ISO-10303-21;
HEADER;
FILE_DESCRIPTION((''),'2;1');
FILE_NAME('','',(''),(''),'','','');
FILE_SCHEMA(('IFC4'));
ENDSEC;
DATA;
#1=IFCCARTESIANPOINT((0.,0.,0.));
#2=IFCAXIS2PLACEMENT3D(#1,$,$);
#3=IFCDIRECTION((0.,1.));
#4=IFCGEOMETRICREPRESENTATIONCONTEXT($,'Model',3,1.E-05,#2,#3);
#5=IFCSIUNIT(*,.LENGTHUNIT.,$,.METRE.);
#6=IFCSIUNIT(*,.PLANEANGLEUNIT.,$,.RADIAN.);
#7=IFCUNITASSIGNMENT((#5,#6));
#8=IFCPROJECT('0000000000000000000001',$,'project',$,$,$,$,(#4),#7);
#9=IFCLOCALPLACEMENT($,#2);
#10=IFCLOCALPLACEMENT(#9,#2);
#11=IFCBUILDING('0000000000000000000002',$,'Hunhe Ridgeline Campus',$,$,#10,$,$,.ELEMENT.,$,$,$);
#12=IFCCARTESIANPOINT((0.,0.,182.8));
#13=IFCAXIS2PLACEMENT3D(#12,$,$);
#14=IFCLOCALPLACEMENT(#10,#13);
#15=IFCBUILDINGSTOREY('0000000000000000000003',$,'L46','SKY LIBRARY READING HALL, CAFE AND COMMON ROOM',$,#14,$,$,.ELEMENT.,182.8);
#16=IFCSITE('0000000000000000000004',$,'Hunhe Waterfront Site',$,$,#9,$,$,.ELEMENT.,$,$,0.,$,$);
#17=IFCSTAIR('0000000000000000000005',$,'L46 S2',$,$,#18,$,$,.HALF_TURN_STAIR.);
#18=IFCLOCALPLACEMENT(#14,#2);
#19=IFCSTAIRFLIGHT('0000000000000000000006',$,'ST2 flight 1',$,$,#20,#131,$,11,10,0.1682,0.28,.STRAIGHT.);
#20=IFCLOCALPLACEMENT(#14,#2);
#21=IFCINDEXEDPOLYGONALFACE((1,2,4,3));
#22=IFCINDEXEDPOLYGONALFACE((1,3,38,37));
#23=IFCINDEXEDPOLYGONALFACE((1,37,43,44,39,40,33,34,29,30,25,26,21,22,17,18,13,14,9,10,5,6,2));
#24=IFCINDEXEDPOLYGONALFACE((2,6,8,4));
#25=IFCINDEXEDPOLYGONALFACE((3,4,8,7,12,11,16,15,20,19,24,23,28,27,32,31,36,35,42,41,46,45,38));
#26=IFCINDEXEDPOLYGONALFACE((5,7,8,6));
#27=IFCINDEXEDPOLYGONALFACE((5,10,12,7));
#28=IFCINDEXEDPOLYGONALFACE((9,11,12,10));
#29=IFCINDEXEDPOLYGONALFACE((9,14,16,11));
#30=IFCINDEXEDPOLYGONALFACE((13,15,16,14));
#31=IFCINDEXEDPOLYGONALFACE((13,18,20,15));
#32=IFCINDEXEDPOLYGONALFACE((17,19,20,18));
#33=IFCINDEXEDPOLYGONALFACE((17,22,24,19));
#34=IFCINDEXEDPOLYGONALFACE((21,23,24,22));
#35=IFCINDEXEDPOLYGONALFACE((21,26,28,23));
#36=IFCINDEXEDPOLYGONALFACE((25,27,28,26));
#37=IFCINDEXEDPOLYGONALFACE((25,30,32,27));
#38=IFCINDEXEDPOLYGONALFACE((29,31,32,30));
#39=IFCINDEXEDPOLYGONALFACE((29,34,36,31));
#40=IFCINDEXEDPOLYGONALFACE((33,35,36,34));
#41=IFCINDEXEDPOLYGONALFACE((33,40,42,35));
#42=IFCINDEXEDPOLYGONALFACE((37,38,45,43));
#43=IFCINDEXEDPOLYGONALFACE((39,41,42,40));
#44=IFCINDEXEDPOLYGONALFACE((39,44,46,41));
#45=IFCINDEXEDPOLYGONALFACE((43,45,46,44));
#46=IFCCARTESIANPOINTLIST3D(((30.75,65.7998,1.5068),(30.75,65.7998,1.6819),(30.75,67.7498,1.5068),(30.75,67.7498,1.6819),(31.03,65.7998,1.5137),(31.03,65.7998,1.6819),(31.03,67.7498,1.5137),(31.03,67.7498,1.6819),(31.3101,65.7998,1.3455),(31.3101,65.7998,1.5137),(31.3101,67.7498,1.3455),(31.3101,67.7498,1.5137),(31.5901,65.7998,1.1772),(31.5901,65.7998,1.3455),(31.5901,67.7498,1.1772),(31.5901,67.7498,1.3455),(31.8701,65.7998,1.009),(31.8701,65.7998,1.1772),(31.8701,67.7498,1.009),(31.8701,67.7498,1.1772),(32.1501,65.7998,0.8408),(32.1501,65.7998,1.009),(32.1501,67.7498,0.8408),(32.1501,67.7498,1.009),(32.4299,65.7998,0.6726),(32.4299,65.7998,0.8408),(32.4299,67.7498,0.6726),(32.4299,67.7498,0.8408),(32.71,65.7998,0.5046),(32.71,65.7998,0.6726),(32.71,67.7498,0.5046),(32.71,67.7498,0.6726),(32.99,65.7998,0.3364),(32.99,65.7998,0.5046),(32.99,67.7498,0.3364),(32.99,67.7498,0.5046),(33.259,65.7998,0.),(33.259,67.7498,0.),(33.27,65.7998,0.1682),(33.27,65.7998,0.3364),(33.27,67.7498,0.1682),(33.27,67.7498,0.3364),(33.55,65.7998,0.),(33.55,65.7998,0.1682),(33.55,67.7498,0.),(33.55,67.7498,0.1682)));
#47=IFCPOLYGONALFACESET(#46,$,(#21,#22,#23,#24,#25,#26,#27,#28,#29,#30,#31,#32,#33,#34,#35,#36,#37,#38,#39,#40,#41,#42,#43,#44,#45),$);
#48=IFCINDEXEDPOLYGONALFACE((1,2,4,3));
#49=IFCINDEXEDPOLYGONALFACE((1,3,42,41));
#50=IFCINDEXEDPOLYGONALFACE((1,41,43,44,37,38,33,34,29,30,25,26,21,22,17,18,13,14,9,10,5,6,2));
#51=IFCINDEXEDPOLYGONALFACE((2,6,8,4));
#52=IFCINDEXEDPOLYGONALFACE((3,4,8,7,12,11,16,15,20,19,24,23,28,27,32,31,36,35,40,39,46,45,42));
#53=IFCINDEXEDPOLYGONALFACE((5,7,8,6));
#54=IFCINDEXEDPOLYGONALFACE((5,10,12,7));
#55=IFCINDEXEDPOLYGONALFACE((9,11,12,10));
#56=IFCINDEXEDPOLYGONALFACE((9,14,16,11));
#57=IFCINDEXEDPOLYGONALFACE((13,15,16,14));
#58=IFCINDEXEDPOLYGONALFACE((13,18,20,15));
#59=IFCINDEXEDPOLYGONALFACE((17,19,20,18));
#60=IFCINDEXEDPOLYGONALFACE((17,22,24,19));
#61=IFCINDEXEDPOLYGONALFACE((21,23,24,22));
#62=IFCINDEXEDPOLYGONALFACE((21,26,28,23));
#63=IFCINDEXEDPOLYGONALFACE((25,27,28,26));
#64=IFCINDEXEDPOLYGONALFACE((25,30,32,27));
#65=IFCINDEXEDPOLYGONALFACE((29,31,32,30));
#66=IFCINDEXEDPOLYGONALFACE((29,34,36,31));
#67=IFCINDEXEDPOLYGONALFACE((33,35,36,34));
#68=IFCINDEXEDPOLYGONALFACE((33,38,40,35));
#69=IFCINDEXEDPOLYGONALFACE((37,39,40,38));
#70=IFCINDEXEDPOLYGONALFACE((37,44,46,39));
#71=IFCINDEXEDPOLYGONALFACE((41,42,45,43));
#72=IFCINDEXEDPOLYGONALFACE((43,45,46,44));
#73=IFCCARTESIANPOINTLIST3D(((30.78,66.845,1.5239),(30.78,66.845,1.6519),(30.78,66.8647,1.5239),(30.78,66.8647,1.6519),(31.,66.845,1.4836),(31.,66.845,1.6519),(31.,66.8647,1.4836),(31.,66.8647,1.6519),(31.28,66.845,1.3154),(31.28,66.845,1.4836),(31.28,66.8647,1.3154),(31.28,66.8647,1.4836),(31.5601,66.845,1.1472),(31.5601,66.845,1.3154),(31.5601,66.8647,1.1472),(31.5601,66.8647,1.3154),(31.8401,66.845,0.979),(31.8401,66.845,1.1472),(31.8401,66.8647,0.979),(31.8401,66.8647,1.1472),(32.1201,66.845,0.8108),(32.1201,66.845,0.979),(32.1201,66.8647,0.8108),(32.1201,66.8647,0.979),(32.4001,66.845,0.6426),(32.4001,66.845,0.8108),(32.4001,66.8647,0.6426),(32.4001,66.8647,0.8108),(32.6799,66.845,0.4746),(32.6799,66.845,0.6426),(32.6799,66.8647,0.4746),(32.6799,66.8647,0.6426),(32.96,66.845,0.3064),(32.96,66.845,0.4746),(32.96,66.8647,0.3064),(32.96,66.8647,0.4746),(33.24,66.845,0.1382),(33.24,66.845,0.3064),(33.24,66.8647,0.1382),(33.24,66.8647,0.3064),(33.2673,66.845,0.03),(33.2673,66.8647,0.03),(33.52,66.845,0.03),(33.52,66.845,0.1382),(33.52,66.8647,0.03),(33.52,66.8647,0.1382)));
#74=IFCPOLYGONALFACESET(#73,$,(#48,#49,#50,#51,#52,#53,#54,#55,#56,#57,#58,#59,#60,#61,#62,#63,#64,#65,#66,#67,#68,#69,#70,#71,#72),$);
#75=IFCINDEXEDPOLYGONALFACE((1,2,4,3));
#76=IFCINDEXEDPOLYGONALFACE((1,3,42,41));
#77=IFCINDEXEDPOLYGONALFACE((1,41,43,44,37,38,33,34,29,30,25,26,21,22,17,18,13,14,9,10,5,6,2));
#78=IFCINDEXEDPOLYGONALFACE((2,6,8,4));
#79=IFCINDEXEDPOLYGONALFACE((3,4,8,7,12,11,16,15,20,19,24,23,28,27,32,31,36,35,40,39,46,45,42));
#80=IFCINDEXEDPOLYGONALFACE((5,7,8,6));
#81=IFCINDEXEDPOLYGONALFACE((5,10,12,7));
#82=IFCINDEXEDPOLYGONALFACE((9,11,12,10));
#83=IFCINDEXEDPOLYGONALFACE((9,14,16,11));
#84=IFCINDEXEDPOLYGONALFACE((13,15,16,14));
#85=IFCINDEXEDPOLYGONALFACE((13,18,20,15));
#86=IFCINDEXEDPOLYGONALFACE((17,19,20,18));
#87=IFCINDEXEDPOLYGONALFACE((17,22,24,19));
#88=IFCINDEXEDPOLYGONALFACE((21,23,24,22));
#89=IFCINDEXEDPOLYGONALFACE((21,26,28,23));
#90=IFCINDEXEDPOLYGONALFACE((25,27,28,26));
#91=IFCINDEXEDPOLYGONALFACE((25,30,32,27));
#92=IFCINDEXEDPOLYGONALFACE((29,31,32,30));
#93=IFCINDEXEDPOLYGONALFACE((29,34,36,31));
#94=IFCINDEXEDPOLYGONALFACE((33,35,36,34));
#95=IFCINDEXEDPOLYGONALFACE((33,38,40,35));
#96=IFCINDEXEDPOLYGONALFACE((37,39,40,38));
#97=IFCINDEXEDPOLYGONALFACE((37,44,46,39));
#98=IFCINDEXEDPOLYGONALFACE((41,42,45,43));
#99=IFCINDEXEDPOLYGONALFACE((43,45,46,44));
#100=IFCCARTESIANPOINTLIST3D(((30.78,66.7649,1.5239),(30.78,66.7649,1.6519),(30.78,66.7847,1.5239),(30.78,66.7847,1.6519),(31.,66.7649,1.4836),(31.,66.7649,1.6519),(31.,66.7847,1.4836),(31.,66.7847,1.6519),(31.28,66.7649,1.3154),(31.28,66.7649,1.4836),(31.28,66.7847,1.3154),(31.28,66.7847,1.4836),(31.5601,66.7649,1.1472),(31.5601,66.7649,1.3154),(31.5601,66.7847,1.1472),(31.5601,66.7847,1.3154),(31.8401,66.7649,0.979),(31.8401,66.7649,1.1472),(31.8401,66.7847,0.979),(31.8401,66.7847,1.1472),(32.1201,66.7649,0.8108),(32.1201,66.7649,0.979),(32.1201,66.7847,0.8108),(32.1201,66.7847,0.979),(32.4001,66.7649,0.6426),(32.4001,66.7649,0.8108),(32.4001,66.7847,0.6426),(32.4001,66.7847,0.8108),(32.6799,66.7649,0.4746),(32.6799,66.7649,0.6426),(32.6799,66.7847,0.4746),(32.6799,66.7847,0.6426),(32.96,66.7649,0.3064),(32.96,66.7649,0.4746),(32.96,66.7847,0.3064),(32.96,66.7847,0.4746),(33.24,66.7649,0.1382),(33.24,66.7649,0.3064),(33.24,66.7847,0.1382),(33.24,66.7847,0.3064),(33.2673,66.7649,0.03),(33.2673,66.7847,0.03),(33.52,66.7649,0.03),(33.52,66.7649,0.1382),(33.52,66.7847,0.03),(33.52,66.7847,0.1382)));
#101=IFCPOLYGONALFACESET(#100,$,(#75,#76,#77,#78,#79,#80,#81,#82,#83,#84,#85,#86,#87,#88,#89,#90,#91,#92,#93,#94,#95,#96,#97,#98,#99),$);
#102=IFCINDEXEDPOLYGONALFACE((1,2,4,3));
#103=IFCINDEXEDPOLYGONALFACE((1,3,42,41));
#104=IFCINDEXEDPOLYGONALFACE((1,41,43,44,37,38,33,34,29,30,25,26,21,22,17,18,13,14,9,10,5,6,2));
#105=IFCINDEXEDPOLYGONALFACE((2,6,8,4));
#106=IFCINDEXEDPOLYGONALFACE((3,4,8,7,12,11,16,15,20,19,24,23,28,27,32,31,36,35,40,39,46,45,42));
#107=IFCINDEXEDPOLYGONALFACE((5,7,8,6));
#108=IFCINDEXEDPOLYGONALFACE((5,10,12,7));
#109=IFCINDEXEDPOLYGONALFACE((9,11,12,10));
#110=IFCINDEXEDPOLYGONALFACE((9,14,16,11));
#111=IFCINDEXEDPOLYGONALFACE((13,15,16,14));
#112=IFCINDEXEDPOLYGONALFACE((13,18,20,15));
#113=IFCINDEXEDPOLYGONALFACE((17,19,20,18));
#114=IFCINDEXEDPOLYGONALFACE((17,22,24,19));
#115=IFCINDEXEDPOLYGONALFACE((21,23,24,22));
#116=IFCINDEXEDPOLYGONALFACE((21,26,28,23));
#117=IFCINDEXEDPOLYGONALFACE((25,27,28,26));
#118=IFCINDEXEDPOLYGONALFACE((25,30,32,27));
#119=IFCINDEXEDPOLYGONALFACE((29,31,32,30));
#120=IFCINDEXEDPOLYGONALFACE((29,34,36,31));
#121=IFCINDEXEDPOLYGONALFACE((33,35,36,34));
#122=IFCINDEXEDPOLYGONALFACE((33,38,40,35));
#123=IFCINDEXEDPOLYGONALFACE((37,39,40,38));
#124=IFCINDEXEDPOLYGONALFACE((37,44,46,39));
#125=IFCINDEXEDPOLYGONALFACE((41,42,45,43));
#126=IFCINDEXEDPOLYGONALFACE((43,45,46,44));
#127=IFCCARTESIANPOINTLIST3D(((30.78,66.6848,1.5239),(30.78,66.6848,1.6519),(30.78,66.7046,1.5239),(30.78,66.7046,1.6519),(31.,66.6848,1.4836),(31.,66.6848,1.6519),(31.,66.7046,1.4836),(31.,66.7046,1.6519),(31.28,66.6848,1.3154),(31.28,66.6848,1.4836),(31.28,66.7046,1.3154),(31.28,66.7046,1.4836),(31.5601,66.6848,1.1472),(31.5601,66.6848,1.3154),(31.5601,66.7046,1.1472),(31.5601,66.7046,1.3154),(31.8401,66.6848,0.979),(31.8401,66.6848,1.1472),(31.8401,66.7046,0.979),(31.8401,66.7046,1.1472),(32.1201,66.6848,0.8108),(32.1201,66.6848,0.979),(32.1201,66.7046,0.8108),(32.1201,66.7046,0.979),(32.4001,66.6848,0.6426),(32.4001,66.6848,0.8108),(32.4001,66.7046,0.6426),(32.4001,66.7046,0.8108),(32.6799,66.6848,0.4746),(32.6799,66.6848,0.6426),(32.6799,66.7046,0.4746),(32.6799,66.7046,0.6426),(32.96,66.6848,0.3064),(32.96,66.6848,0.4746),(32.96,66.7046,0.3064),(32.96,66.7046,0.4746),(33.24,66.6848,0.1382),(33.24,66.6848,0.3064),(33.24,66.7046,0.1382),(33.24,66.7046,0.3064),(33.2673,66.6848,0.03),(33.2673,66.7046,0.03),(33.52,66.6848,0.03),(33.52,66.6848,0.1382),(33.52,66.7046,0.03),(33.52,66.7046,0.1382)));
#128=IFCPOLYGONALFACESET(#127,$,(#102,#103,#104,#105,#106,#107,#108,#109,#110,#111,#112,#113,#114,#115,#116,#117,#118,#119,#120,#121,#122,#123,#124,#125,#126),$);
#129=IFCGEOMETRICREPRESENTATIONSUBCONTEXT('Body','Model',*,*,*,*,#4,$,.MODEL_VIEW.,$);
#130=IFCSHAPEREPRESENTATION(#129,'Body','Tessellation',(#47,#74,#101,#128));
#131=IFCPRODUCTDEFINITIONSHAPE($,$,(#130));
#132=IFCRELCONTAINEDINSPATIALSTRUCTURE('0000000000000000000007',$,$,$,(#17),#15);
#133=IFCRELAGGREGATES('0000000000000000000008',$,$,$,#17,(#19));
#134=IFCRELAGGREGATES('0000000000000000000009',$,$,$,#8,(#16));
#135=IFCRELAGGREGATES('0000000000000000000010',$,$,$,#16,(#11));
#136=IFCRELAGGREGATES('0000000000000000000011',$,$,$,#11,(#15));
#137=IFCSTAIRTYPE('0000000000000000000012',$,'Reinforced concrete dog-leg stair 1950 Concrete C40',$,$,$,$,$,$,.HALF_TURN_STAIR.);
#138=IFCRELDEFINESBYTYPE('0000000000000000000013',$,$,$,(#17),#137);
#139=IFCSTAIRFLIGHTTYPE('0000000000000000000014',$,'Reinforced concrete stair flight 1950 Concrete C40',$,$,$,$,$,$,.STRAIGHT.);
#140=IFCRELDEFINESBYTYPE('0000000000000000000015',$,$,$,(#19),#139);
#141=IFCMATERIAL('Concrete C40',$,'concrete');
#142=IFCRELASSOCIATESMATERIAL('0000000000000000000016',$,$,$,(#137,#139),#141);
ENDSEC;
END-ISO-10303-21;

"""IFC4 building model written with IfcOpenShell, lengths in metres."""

from ifc_helpers import new_model, si_unit, direction, frame, origin, place, context, subcontext, project, spatial, polyline, outline, extrude, material, type_object, element, aggregate, save


model = new_model("IFC4")

# Units and contexts
model_context = context("Model", 3, precision=1e-05, world=origin(), true_north=direction((0.0, 1.0)))
body_context = subcontext(model_context, "Body", "Model", "MODEL_VIEW")
ifc_project = project(units=[si_unit("LENGTHUNIT", "METRE"), si_unit("PLANEANGLEUNIT", "RADIAN")], contexts=[model_context])

# Site, building, storey
site_placement = place(None, origin())
site = spatial("IfcSite", under=ifc_project, at=site_placement, Name="Hunhe Waterfront Site", CompositionType="ELEMENT", RefElevation=0.0)
building_placement = place(site_placement, origin())
building = spatial("IfcBuilding", under=site, at=building_placement, Name="Hunhe Ridgeline Campus", CompositionType="ELEMENT")
storey_placement = place(building_placement, frame((0.0, 0.0, 182.8)))
storey = spatial("IfcBuildingStorey", under=building, at=storey_placement, Name="L46", Description="SKY LIBRARY READING HALL, CAFE AND COMMON ROOM", CompositionType="ELEMENT", Elevation=182.8)

# Stair, stair flight
ifc_material_1 = material(Name="Concrete C40", Category="concrete")
stair_type = type_object("IfcStairType", Name="Reinforced concrete dog-leg stair 1950 Concrete C40", PredefinedType="HALF_TURN_STAIR", material=ifc_material_1)
stair_placement = place(storey_placement, origin())
stair = element("IfcStair", 1, at=stair_placement, inside=storey, type_object=stair_type, Name="L46 S2", PredefinedType="HALF_TURN_STAIR")
stair_flight_type = type_object("IfcStairFlightType", Name="Reinforced concrete stair flight 1950 Concrete C40", PredefinedType="STRAIGHT", material=ifc_material_1)
stair_flight_placement = place(storey_placement, frame((33.55, 66.7749, 0.0), z_axis=(0.0, 0.0, 1.0), x_axis=(-1.0, 0.0, 0.0)))
stair_flight = element("IfcStairFlight", 2, at=stair_flight_placement, type_object=stair_flight_type, Name="ST2 flight 1", NumberOfRisers=11, NumberOfTreads=10, PredefinedType="STRAIGHT", RiserHeight=0.1682, TreadLength=0.28, context=body_context, shape_type="SweptSolid", body=[
    extrude(outline(polyline([(0.0, 0.0), (0.0, 0.1682), (0.28, 0.1682), (0.28, 0.3364), (0.5601, 0.3364), (0.5601, 0.5046), (0.8401, 0.5046), (0.8401, 0.6726), (1.1201, 0.6726), (1.1201, 0.8408), (1.3999, 0.8408), (1.3999, 1.009), (1.6799, 1.009), (1.6799, 1.1772), (1.96, 1.1772), (1.96, 1.3455), (2.24, 1.3455), (2.24, 1.5137), (2.52, 1.5137), (2.52, 1.6819), (2.8, 1.6819), (2.8, 1.8501), (2.8, 1.5068), (0.291, 0.0), (0.0, 0.0)])), frame((0.0, 0.9751, 0.0), z_axis=(0.0, -1.0, 0.0), x_axis=(1.0, 0.0, 0.0)), (0.0, 0.0, 1.0), 1.95),
    extrude(outline(polyline([(0.03, 0.03), (0.03, 0.1382), (0.3101, 0.1382), (0.3101, 0.3064), (0.5901, 0.3064), (0.5901, 0.4746), (0.8701, 0.4746), (0.8701, 0.6426), (1.1499, 0.6426), (1.1499, 0.8108), (1.4299, 0.8108), (1.4299, 0.979), (1.71, 0.979), (1.71, 1.1472), (1.99, 1.1472), (1.99, 1.3154), (2.27, 1.3154), (2.27, 1.4836), (2.55, 1.4836), (2.55, 1.6519), (2.77, 1.6519), (2.77, 1.5239), (0.2827, 0.03), (0.03, 0.03)])), frame((0.0, -0.0701, 0.0), z_axis=(0.0, -1.0, 0.0), x_axis=(1.0, 0.0, 0.0)), (0.0, 0.0, 1.0), 0.0198),
    extrude(outline(polyline([(0.03, 0.03), (0.03, 0.1382), (0.3101, 0.1382), (0.3101, 0.3064), (0.5901, 0.3064), (0.5901, 0.4746), (0.8701, 0.4746), (0.8701, 0.6426), (1.1499, 0.6426), (1.1499, 0.8108), (1.4299, 0.8108), (1.4299, 0.979), (1.71, 0.979), (1.71, 1.1472), (1.99, 1.1472), (1.99, 1.3154), (2.27, 1.3154), (2.27, 1.4836), (2.55, 1.4836), (2.55, 1.6519), (2.77, 1.6519), (2.77, 1.5239), (0.2827, 0.03), (0.03, 0.03)])), frame((0.0, 0.01, 0.0), z_axis=(0.0, -1.0, 0.0), x_axis=(1.0, 0.0, 0.0)), (0.0, 0.0, 1.0), 0.0198),
    extrude(outline(polyline([(0.03, 0.03), (0.03, 0.1382), (0.3101, 0.1382), (0.3101, 0.3064), (0.5901, 0.3064), (0.5901, 0.4746), (0.8701, 0.4746), (0.8701, 0.6426), (1.1499, 0.6426), (1.1499, 0.8108), (1.4299, 0.8108), (1.4299, 0.979), (1.71, 0.979), (1.71, 1.1472), (1.99, 1.1472), (1.99, 1.3154), (2.27, 1.3154), (2.27, 1.4836), (2.55, 1.4836), (2.55, 1.6519), (2.77, 1.6519), (2.77, 1.5239), (0.2827, 0.03), (0.03, 0.03)])), frame((0.0, 0.0901, 0.0), z_axis=(0.0, -1.0, 0.0), x_axis=(1.0, 0.0, 0.0)), (0.0, 0.0, 1.0), 0.0198),
])
aggregate(stair, [stair_flight])

save(model, "model.ifc")
